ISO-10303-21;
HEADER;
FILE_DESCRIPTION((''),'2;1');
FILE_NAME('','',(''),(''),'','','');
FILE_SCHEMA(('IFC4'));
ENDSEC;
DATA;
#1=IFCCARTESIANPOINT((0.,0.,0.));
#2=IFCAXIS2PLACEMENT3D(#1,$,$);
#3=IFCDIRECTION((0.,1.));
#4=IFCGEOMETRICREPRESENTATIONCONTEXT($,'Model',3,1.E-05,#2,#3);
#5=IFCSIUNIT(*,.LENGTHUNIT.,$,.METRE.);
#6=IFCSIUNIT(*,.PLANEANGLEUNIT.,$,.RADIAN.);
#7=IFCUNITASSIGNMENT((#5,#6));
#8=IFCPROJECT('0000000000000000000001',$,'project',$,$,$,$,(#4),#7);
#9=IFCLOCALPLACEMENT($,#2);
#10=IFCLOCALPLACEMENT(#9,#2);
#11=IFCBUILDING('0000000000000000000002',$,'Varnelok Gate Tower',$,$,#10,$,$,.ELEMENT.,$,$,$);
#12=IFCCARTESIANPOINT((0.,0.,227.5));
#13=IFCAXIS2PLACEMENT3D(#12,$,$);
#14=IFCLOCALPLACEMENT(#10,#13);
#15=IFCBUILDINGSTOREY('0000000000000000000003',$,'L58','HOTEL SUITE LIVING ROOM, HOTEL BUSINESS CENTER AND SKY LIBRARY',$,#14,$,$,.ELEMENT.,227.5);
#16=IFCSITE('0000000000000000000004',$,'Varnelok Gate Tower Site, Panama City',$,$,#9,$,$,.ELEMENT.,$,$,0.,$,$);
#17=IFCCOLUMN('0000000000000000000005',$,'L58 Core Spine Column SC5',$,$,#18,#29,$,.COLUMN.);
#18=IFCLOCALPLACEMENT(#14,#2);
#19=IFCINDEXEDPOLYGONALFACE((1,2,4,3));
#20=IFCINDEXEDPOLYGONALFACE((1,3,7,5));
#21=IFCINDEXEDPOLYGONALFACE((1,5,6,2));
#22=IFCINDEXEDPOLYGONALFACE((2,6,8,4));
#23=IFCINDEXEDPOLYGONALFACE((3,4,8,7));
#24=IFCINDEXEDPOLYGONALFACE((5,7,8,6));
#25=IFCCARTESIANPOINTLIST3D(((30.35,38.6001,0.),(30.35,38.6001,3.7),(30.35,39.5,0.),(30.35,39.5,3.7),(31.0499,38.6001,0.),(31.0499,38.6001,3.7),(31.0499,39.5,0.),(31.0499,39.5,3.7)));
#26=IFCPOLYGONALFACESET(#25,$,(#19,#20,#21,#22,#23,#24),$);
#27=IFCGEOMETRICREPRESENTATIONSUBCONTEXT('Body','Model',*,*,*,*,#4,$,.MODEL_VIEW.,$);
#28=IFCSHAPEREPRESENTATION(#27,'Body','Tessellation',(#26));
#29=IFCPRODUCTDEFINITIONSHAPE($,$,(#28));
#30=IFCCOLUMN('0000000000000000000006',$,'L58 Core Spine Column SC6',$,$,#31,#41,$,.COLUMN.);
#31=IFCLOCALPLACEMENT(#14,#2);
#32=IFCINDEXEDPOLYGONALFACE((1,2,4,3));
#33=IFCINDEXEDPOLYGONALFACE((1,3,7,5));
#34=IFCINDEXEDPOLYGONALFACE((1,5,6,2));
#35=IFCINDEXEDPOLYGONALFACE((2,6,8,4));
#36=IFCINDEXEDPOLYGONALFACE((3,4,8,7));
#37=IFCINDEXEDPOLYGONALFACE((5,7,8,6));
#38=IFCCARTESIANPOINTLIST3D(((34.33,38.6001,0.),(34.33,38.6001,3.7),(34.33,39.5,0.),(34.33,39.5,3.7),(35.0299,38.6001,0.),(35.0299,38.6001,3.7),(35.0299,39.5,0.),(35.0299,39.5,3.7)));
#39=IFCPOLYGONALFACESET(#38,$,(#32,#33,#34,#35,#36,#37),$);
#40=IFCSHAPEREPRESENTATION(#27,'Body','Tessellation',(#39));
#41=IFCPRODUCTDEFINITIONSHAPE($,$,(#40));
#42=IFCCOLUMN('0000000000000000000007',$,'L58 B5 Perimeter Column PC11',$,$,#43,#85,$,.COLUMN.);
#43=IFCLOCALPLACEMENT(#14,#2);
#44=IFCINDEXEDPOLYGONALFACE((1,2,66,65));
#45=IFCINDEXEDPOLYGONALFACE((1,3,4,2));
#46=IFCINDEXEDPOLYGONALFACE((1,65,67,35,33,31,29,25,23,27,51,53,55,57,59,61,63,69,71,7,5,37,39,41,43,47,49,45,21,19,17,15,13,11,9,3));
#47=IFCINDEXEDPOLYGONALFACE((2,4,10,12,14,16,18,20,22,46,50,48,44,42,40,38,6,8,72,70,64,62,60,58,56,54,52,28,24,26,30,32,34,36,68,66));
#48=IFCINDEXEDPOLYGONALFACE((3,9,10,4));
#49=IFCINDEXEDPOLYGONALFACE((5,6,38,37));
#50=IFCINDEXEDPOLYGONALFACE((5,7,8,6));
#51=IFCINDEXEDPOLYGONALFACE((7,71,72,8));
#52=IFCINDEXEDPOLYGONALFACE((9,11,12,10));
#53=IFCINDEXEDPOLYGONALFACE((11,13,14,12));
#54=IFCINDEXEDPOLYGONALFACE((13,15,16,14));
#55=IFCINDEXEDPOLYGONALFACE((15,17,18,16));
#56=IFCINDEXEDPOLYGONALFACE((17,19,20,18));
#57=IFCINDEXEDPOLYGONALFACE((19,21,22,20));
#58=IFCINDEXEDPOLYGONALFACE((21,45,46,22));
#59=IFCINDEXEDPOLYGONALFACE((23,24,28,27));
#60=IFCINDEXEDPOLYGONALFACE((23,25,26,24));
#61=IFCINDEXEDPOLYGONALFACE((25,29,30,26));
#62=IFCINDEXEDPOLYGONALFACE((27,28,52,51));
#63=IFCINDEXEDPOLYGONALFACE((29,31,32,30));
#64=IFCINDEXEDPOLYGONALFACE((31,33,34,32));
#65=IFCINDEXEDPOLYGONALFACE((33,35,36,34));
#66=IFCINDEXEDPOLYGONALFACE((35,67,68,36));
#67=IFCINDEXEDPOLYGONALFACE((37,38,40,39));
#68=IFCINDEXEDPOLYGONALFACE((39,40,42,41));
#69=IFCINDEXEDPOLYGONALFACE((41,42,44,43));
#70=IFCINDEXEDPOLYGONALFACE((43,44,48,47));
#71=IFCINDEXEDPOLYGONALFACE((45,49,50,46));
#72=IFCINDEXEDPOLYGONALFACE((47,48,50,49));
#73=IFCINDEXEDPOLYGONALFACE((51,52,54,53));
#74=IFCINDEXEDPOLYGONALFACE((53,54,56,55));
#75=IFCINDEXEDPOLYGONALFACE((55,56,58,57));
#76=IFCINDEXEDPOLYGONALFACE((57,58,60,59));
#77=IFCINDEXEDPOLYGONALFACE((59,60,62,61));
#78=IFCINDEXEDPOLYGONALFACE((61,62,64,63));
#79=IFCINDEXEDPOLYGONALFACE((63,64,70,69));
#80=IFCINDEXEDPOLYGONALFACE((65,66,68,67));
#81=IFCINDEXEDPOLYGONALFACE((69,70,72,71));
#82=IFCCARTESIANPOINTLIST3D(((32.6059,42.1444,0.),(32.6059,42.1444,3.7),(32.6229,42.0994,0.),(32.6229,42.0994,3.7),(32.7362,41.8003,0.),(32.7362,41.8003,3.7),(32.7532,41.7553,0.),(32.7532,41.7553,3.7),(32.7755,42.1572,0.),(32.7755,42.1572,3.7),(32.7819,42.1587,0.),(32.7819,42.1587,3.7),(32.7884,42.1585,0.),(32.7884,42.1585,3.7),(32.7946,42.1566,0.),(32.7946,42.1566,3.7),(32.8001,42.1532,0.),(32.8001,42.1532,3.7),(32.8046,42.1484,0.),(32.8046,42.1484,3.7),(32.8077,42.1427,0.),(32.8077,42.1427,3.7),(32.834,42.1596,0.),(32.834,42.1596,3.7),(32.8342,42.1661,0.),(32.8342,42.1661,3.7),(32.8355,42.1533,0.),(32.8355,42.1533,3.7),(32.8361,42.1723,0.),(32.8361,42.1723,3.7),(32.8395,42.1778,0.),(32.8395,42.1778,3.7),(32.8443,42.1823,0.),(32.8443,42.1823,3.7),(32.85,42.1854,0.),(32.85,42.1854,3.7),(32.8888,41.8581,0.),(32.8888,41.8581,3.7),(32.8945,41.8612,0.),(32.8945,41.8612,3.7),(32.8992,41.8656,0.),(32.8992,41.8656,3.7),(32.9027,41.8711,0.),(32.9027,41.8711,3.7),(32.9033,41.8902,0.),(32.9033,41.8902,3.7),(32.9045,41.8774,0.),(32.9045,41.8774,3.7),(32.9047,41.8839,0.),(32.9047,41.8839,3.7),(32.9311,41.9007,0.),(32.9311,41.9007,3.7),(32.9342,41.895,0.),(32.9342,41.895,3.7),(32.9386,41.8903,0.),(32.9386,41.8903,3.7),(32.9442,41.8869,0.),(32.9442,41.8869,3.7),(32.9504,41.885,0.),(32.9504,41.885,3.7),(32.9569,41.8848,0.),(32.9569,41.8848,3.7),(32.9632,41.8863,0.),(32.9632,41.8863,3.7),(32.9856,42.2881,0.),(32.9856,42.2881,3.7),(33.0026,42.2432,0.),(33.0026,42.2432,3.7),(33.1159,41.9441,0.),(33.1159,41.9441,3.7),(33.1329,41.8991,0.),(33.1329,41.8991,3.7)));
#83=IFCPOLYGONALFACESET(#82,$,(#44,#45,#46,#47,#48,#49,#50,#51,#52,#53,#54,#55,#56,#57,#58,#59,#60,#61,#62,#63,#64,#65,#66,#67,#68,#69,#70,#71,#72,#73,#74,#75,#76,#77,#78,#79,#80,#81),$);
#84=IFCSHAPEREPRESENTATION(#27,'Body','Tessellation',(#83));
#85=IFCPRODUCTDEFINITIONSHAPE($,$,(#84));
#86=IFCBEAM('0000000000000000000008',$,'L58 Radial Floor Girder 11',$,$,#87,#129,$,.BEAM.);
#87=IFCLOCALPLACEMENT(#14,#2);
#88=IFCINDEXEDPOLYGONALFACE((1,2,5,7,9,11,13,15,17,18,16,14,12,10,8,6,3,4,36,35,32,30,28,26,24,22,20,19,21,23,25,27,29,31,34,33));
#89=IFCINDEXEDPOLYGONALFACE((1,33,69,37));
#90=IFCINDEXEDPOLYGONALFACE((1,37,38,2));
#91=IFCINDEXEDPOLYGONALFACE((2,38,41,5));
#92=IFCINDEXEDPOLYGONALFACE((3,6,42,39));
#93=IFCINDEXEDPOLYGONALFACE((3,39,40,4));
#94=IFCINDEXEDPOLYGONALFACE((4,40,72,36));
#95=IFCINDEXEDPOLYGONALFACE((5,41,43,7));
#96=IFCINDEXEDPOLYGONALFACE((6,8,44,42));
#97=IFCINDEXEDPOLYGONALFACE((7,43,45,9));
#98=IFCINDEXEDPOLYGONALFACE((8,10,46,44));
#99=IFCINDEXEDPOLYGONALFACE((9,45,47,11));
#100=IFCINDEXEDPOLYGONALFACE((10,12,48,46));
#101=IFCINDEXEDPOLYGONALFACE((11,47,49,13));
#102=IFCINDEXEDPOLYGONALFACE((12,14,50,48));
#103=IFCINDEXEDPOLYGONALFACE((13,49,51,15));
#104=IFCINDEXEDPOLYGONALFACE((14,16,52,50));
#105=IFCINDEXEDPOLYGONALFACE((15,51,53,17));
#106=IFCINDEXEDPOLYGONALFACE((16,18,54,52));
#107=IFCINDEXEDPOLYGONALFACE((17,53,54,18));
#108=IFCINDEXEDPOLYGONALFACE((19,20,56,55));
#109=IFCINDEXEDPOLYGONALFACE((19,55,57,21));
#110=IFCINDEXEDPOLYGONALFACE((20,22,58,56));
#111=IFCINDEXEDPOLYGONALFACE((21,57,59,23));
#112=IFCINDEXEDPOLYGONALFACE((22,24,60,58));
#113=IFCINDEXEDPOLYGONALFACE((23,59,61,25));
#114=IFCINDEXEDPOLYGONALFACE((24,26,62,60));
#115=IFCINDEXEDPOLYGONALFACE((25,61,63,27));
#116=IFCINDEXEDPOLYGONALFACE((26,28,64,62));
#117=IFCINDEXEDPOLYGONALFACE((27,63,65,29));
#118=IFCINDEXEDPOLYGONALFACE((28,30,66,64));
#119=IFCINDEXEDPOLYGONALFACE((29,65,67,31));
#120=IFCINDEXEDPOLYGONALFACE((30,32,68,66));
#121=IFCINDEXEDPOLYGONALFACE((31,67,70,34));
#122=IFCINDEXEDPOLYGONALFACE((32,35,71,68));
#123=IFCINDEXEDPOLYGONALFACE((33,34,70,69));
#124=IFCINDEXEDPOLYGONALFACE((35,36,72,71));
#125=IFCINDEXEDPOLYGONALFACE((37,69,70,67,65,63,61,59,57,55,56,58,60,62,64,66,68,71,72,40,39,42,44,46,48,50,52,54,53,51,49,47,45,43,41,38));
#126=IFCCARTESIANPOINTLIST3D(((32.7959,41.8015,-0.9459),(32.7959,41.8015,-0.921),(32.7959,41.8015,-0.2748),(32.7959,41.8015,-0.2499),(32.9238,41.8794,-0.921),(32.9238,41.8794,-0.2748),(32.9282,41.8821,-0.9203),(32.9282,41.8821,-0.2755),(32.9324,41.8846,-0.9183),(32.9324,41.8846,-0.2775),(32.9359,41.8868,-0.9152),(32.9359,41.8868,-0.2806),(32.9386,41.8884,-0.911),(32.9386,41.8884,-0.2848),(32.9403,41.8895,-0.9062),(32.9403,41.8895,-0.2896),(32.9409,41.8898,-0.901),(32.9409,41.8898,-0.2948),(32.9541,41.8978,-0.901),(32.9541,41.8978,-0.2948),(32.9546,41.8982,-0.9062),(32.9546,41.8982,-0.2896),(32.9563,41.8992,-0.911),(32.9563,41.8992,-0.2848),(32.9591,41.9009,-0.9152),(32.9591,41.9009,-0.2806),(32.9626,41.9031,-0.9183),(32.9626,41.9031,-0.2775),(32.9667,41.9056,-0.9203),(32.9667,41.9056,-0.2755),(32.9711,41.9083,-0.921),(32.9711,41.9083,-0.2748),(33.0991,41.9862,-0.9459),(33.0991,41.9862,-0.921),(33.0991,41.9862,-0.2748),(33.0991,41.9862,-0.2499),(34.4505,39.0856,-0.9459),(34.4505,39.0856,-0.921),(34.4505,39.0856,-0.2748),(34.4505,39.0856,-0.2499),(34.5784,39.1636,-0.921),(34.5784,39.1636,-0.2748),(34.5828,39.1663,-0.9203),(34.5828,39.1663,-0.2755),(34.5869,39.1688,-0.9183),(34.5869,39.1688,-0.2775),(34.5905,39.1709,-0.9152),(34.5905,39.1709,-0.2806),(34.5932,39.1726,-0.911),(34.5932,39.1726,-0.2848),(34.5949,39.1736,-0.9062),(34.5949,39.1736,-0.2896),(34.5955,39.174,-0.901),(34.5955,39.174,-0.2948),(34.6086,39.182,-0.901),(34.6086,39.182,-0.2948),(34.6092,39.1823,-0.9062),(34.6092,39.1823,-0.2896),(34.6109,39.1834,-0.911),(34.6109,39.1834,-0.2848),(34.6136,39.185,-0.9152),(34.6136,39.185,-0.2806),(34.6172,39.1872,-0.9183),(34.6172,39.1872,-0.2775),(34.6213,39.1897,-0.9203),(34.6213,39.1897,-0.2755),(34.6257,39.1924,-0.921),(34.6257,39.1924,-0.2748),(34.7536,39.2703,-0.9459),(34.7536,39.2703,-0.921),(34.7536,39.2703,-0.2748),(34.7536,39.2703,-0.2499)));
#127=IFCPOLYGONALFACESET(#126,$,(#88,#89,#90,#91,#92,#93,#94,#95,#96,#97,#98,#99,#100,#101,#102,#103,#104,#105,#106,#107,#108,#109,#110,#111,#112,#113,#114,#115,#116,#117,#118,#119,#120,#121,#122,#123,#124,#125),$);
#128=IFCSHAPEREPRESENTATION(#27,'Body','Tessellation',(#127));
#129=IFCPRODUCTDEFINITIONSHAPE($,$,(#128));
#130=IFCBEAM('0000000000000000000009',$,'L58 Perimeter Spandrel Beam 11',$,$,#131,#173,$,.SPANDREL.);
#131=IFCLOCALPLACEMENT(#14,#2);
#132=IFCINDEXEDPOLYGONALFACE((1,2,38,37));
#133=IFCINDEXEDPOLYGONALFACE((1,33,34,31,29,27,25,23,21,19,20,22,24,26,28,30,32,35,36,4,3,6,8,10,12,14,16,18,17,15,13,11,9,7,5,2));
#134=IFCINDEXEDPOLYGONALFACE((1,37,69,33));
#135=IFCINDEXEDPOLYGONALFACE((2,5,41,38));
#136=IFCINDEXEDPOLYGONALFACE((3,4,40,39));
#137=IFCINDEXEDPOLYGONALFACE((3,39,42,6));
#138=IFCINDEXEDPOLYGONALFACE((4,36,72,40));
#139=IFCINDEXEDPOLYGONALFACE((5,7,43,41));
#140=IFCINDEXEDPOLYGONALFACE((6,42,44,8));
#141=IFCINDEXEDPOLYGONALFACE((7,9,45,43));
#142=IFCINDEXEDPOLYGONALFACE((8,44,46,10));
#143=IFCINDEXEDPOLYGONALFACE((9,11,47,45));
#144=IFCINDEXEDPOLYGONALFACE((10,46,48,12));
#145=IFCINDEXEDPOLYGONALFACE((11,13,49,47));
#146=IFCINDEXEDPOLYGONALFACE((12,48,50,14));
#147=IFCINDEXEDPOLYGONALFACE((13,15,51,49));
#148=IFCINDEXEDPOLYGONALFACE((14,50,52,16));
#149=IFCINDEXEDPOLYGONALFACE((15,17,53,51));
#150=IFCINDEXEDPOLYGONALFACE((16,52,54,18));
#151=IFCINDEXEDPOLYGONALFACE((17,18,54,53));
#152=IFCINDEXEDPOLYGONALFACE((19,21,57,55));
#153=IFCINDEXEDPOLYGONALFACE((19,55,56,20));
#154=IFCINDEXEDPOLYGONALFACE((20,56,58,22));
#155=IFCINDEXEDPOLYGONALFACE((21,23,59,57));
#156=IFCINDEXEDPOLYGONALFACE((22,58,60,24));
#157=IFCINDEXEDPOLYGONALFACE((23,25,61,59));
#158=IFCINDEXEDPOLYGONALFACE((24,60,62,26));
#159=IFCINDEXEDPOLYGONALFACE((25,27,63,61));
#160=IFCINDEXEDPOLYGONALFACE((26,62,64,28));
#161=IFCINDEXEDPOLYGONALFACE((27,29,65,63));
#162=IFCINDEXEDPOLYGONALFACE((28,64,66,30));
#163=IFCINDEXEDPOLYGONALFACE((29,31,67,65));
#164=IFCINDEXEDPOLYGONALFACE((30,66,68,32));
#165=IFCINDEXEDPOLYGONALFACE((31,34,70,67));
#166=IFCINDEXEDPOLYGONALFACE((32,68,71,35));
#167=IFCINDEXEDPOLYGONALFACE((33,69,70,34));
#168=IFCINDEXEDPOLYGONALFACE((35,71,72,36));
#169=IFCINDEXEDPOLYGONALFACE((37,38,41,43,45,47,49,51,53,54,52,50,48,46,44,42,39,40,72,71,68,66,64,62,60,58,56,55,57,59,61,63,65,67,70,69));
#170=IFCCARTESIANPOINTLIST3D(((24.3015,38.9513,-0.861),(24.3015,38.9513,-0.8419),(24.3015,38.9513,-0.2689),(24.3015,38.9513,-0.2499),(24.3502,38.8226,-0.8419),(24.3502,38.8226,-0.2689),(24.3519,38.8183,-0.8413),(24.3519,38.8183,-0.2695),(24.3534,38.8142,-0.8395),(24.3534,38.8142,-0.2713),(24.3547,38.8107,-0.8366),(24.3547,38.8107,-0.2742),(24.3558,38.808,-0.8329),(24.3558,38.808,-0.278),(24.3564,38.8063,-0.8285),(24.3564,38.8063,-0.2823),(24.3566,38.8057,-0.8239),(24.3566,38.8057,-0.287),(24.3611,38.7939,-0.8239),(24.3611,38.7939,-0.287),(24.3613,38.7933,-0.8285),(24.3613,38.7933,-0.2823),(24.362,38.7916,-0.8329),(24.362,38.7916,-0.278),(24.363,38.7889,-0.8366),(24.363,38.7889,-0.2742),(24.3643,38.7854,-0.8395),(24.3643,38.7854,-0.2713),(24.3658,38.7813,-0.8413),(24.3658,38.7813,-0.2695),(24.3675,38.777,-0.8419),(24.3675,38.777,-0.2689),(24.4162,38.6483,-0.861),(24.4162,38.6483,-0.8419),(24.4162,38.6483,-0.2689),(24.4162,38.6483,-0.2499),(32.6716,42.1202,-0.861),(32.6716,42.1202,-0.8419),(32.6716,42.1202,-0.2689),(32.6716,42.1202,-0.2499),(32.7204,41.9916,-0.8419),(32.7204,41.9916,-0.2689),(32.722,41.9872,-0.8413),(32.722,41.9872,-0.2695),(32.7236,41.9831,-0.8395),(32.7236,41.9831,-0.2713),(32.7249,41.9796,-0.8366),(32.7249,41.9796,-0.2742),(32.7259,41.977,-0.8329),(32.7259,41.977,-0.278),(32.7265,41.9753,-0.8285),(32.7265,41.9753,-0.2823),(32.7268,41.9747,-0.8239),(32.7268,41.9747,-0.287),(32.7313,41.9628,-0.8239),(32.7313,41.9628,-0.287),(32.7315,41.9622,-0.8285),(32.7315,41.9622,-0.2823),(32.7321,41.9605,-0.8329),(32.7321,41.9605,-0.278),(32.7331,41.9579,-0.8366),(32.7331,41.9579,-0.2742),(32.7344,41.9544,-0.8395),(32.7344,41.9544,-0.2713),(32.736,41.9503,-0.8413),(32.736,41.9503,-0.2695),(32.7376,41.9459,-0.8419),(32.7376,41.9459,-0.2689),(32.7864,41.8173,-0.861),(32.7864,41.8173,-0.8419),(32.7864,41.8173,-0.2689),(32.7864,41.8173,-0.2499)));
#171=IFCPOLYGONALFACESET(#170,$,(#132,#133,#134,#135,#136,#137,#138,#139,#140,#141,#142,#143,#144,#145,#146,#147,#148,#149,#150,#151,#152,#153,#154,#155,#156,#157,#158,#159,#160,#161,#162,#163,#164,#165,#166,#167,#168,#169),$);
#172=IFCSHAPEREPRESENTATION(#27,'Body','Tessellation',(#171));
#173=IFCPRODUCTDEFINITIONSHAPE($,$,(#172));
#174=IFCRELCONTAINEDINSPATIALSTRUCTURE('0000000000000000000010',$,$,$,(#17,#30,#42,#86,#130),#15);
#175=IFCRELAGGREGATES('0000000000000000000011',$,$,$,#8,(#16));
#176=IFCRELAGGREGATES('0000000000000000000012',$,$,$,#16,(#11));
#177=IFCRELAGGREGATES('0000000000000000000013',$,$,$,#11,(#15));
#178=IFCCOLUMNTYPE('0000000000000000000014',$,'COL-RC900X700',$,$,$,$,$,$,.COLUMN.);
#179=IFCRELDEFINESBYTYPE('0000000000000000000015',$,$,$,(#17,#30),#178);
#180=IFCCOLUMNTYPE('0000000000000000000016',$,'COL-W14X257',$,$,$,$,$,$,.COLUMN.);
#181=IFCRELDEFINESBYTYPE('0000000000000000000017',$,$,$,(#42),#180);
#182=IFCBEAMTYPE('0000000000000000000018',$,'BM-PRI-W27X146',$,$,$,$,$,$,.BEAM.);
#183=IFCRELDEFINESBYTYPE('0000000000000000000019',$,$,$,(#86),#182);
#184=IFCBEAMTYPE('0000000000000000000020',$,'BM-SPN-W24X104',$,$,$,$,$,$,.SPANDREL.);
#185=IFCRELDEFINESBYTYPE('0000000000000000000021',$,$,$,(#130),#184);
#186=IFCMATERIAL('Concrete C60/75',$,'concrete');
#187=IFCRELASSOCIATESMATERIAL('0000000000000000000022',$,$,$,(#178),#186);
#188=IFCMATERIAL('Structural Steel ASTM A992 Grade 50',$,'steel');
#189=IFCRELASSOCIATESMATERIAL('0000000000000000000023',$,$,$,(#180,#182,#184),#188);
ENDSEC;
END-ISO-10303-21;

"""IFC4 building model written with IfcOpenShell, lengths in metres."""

from ifc_helpers import new_model, si_unit, direction, frame, origin, origin_2d, place, context, subcontext, project, spatial, rectangle, i_section, extrude, material, material_profile, profile_set, type_object, element, save


model = new_model("IFC4")

# Units and contexts
model_context = context("Model", 3, precision=1e-05, world=origin(), true_north=direction((0.0, 1.0)))
body_context = subcontext(model_context, "Body", "Model", "MODEL_VIEW")
ifc_project = project(units=[si_unit("LENGTHUNIT", "METRE"), si_unit("PLANEANGLEUNIT", "RADIAN")], contexts=[model_context])

# Site, building, storey
site_placement = place(None, origin())
site = spatial("IfcSite", under=ifc_project, at=site_placement, Name="Varnelok Gate Tower Site, Panama City", CompositionType="ELEMENT", RefElevation=0.0)
building_placement = place(site_placement, origin())
building = spatial("IfcBuilding", under=site, at=building_placement, Name="Varnelok Gate Tower", CompositionType="ELEMENT")
storey_placement = place(building_placement, frame((0.0, 0.0, 227.5)))
storey = spatial("IfcBuildingStorey", under=building, at=storey_placement, Name="L58", Description="HOTEL SUITE LIVING ROOM, HOTEL BUSINESS CENTER AND SKY LIBRARY", CompositionType="ELEMENT", Elevation=227.5)

# Columns
ifc_material_1 = material(Name="Concrete C60/75", Category="concrete")
ifc_material_profile_1 = material_profile(ifc_material_1, rectangle(XDim=0.7, YDim=0.8999, at=origin_2d()), Name="RC900X700")
ifc_profile_set_1 = profile_set([ifc_material_profile_1], Name="Concrete C60/75")
column_type_1 = type_object("IfcColumnType", Name="COL-RC900X700", PredefinedType="COLUMN", material=ifc_profile_set_1)
for number, where, z_axis, x_axis, name in (
    (1, (30.7, 39.05, 0.0), (0.0, 0.0, 1.0), (1.0, 0.0, 0.0), "L58 Core Spine Column SC5"),
    (2, (34.6799, 39.05, 0.0), (0.0, 0.0, 1.0), (1.0, 0.0, 0.0), "L58 Core Spine Column SC6"),
):
    element("IfcColumn", number, at=place(storey_placement, frame(where, z_axis=z_axis, x_axis=x_axis)), inside=storey, type_object=column_type_1, Name=name, PredefinedType="COLUMN", context=body_context, shape_type="SweptSolid", body=[
        extrude(rectangle(XDim=0.7, YDim=0.8999, at=origin_2d()), origin(), (0.0, 0.0, 1.0), 3.7),
    ])
ifc_material_2 = material(Name="Structural Steel ASTM A992 Grade 50", Category="steel")
ifc_material_profile_2 = material_profile(ifc_material_2, i_section(OverallWidth=0.406, OverallDepth=0.416, WebThickness=0.0298, FlangeThickness=0.0481, FilletRadius=0.0249, at=origin_2d()), Name="W14X257")
ifc_profile_set_2 = profile_set([ifc_material_profile_2], Name="Structural Steel ASTM A992 Grade 50")
column_type_2 = type_object("IfcColumnType", Name="COL-W14X257", PredefinedType="COLUMN", material=ifc_profile_set_2)
column_placement = place(storey_placement, frame((32.8694, 42.0217, 0.0), z_axis=(0.0, 0.0, 1.0), x_axis=(0.935222, 0.354063, 0.0)))
element("IfcColumn", 3, at=column_placement, inside=storey, type_object=column_type_2, Name="L58 B5 Perimeter Column PC11", PredefinedType="COLUMN", context=body_context, shape_type="SweptSolid", body=[
    extrude(i_section(OverallWidth=0.406, OverallDepth=0.416, WebThickness=0.0298, FlangeThickness=0.0481, FilletRadius=0.0249, at=origin_2d()), origin(), (0.0, 0.0, 1.0), 3.7),
])

# Beams
ifc_material_profile_3 = material_profile(ifc_material_2, i_section(OverallWidth=0.355, OverallDepth=0.696, WebThickness=0.0154, FlangeThickness=0.0249, FilletRadius=0.02, at=origin_2d()), Name="W27X146")
ifc_profile_set_3 = profile_set([ifc_material_profile_3], Name="Structural Steel ASTM A992 Grade 50")
beam_type_1 = type_object("IfcBeamType", Name="BM-PRI-W27X146", PredefinedType="BEAM", material=ifc_profile_set_3)
beam_1_placement = place(storey_placement, frame((34.6021, 39.178, -0.5979), z_axis=(-0.520276, 0.853998, 0.0), x_axis=(-0.853998, -0.520276, 0.0)))
element("IfcBeam", 4, at=beam_1_placement, inside=storey, type_object=beam_type_1, Name="L58 Radial Floor Girder 11", PredefinedType="BEAM", context=body_context, shape_type="SweptSolid", body=[
    extrude(i_section(OverallWidth=0.355, OverallDepth=0.696, WebThickness=0.0154, FlangeThickness=0.0249, FilletRadius=0.02, at=origin_2d()), origin(), (0.0, 0.0, 1.0), 3.1802),
])
ifc_material_profile_4 = material_profile(ifc_material_2, i_section(OverallWidth=0.324, OverallDepth=0.6111, WebThickness=0.0127, FlangeThickness=0.019, FilletRadius=0.0181, at=origin_2d()), Name="W24X104")
ifc_profile_set_4 = profile_set([ifc_material_profile_4], Name="Structural Steel ASTM A992 Grade 50")
beam_type_2 = type_object("IfcBeamType", Name="BM-SPN-W24X104", PredefinedType="SPANDREL", material=ifc_profile_set_4)
beam_2_placement = place(storey_placement, frame((32.729, 41.9688, -0.5554), z_axis=(-0.935217, -0.354075, 0.0), x_axis=(0.354075, -0.935217, 0.0)))
element("IfcBeam", 5, at=beam_2_placement, inside=storey, type_object=beam_type_2, Name="L58 Perimeter Spandrel Beam 11", PredefinedType="SPANDREL", context=body_context, shape_type="SweptSolid", body=[
    extrude(i_section(OverallWidth=0.324, OverallDepth=0.6111, WebThickness=0.0127, FlangeThickness=0.019, FilletRadius=0.0181, at=origin_2d()), origin(), (0.0, 0.0, 1.0), 8.95),
])

save(model, "model.ifc")
